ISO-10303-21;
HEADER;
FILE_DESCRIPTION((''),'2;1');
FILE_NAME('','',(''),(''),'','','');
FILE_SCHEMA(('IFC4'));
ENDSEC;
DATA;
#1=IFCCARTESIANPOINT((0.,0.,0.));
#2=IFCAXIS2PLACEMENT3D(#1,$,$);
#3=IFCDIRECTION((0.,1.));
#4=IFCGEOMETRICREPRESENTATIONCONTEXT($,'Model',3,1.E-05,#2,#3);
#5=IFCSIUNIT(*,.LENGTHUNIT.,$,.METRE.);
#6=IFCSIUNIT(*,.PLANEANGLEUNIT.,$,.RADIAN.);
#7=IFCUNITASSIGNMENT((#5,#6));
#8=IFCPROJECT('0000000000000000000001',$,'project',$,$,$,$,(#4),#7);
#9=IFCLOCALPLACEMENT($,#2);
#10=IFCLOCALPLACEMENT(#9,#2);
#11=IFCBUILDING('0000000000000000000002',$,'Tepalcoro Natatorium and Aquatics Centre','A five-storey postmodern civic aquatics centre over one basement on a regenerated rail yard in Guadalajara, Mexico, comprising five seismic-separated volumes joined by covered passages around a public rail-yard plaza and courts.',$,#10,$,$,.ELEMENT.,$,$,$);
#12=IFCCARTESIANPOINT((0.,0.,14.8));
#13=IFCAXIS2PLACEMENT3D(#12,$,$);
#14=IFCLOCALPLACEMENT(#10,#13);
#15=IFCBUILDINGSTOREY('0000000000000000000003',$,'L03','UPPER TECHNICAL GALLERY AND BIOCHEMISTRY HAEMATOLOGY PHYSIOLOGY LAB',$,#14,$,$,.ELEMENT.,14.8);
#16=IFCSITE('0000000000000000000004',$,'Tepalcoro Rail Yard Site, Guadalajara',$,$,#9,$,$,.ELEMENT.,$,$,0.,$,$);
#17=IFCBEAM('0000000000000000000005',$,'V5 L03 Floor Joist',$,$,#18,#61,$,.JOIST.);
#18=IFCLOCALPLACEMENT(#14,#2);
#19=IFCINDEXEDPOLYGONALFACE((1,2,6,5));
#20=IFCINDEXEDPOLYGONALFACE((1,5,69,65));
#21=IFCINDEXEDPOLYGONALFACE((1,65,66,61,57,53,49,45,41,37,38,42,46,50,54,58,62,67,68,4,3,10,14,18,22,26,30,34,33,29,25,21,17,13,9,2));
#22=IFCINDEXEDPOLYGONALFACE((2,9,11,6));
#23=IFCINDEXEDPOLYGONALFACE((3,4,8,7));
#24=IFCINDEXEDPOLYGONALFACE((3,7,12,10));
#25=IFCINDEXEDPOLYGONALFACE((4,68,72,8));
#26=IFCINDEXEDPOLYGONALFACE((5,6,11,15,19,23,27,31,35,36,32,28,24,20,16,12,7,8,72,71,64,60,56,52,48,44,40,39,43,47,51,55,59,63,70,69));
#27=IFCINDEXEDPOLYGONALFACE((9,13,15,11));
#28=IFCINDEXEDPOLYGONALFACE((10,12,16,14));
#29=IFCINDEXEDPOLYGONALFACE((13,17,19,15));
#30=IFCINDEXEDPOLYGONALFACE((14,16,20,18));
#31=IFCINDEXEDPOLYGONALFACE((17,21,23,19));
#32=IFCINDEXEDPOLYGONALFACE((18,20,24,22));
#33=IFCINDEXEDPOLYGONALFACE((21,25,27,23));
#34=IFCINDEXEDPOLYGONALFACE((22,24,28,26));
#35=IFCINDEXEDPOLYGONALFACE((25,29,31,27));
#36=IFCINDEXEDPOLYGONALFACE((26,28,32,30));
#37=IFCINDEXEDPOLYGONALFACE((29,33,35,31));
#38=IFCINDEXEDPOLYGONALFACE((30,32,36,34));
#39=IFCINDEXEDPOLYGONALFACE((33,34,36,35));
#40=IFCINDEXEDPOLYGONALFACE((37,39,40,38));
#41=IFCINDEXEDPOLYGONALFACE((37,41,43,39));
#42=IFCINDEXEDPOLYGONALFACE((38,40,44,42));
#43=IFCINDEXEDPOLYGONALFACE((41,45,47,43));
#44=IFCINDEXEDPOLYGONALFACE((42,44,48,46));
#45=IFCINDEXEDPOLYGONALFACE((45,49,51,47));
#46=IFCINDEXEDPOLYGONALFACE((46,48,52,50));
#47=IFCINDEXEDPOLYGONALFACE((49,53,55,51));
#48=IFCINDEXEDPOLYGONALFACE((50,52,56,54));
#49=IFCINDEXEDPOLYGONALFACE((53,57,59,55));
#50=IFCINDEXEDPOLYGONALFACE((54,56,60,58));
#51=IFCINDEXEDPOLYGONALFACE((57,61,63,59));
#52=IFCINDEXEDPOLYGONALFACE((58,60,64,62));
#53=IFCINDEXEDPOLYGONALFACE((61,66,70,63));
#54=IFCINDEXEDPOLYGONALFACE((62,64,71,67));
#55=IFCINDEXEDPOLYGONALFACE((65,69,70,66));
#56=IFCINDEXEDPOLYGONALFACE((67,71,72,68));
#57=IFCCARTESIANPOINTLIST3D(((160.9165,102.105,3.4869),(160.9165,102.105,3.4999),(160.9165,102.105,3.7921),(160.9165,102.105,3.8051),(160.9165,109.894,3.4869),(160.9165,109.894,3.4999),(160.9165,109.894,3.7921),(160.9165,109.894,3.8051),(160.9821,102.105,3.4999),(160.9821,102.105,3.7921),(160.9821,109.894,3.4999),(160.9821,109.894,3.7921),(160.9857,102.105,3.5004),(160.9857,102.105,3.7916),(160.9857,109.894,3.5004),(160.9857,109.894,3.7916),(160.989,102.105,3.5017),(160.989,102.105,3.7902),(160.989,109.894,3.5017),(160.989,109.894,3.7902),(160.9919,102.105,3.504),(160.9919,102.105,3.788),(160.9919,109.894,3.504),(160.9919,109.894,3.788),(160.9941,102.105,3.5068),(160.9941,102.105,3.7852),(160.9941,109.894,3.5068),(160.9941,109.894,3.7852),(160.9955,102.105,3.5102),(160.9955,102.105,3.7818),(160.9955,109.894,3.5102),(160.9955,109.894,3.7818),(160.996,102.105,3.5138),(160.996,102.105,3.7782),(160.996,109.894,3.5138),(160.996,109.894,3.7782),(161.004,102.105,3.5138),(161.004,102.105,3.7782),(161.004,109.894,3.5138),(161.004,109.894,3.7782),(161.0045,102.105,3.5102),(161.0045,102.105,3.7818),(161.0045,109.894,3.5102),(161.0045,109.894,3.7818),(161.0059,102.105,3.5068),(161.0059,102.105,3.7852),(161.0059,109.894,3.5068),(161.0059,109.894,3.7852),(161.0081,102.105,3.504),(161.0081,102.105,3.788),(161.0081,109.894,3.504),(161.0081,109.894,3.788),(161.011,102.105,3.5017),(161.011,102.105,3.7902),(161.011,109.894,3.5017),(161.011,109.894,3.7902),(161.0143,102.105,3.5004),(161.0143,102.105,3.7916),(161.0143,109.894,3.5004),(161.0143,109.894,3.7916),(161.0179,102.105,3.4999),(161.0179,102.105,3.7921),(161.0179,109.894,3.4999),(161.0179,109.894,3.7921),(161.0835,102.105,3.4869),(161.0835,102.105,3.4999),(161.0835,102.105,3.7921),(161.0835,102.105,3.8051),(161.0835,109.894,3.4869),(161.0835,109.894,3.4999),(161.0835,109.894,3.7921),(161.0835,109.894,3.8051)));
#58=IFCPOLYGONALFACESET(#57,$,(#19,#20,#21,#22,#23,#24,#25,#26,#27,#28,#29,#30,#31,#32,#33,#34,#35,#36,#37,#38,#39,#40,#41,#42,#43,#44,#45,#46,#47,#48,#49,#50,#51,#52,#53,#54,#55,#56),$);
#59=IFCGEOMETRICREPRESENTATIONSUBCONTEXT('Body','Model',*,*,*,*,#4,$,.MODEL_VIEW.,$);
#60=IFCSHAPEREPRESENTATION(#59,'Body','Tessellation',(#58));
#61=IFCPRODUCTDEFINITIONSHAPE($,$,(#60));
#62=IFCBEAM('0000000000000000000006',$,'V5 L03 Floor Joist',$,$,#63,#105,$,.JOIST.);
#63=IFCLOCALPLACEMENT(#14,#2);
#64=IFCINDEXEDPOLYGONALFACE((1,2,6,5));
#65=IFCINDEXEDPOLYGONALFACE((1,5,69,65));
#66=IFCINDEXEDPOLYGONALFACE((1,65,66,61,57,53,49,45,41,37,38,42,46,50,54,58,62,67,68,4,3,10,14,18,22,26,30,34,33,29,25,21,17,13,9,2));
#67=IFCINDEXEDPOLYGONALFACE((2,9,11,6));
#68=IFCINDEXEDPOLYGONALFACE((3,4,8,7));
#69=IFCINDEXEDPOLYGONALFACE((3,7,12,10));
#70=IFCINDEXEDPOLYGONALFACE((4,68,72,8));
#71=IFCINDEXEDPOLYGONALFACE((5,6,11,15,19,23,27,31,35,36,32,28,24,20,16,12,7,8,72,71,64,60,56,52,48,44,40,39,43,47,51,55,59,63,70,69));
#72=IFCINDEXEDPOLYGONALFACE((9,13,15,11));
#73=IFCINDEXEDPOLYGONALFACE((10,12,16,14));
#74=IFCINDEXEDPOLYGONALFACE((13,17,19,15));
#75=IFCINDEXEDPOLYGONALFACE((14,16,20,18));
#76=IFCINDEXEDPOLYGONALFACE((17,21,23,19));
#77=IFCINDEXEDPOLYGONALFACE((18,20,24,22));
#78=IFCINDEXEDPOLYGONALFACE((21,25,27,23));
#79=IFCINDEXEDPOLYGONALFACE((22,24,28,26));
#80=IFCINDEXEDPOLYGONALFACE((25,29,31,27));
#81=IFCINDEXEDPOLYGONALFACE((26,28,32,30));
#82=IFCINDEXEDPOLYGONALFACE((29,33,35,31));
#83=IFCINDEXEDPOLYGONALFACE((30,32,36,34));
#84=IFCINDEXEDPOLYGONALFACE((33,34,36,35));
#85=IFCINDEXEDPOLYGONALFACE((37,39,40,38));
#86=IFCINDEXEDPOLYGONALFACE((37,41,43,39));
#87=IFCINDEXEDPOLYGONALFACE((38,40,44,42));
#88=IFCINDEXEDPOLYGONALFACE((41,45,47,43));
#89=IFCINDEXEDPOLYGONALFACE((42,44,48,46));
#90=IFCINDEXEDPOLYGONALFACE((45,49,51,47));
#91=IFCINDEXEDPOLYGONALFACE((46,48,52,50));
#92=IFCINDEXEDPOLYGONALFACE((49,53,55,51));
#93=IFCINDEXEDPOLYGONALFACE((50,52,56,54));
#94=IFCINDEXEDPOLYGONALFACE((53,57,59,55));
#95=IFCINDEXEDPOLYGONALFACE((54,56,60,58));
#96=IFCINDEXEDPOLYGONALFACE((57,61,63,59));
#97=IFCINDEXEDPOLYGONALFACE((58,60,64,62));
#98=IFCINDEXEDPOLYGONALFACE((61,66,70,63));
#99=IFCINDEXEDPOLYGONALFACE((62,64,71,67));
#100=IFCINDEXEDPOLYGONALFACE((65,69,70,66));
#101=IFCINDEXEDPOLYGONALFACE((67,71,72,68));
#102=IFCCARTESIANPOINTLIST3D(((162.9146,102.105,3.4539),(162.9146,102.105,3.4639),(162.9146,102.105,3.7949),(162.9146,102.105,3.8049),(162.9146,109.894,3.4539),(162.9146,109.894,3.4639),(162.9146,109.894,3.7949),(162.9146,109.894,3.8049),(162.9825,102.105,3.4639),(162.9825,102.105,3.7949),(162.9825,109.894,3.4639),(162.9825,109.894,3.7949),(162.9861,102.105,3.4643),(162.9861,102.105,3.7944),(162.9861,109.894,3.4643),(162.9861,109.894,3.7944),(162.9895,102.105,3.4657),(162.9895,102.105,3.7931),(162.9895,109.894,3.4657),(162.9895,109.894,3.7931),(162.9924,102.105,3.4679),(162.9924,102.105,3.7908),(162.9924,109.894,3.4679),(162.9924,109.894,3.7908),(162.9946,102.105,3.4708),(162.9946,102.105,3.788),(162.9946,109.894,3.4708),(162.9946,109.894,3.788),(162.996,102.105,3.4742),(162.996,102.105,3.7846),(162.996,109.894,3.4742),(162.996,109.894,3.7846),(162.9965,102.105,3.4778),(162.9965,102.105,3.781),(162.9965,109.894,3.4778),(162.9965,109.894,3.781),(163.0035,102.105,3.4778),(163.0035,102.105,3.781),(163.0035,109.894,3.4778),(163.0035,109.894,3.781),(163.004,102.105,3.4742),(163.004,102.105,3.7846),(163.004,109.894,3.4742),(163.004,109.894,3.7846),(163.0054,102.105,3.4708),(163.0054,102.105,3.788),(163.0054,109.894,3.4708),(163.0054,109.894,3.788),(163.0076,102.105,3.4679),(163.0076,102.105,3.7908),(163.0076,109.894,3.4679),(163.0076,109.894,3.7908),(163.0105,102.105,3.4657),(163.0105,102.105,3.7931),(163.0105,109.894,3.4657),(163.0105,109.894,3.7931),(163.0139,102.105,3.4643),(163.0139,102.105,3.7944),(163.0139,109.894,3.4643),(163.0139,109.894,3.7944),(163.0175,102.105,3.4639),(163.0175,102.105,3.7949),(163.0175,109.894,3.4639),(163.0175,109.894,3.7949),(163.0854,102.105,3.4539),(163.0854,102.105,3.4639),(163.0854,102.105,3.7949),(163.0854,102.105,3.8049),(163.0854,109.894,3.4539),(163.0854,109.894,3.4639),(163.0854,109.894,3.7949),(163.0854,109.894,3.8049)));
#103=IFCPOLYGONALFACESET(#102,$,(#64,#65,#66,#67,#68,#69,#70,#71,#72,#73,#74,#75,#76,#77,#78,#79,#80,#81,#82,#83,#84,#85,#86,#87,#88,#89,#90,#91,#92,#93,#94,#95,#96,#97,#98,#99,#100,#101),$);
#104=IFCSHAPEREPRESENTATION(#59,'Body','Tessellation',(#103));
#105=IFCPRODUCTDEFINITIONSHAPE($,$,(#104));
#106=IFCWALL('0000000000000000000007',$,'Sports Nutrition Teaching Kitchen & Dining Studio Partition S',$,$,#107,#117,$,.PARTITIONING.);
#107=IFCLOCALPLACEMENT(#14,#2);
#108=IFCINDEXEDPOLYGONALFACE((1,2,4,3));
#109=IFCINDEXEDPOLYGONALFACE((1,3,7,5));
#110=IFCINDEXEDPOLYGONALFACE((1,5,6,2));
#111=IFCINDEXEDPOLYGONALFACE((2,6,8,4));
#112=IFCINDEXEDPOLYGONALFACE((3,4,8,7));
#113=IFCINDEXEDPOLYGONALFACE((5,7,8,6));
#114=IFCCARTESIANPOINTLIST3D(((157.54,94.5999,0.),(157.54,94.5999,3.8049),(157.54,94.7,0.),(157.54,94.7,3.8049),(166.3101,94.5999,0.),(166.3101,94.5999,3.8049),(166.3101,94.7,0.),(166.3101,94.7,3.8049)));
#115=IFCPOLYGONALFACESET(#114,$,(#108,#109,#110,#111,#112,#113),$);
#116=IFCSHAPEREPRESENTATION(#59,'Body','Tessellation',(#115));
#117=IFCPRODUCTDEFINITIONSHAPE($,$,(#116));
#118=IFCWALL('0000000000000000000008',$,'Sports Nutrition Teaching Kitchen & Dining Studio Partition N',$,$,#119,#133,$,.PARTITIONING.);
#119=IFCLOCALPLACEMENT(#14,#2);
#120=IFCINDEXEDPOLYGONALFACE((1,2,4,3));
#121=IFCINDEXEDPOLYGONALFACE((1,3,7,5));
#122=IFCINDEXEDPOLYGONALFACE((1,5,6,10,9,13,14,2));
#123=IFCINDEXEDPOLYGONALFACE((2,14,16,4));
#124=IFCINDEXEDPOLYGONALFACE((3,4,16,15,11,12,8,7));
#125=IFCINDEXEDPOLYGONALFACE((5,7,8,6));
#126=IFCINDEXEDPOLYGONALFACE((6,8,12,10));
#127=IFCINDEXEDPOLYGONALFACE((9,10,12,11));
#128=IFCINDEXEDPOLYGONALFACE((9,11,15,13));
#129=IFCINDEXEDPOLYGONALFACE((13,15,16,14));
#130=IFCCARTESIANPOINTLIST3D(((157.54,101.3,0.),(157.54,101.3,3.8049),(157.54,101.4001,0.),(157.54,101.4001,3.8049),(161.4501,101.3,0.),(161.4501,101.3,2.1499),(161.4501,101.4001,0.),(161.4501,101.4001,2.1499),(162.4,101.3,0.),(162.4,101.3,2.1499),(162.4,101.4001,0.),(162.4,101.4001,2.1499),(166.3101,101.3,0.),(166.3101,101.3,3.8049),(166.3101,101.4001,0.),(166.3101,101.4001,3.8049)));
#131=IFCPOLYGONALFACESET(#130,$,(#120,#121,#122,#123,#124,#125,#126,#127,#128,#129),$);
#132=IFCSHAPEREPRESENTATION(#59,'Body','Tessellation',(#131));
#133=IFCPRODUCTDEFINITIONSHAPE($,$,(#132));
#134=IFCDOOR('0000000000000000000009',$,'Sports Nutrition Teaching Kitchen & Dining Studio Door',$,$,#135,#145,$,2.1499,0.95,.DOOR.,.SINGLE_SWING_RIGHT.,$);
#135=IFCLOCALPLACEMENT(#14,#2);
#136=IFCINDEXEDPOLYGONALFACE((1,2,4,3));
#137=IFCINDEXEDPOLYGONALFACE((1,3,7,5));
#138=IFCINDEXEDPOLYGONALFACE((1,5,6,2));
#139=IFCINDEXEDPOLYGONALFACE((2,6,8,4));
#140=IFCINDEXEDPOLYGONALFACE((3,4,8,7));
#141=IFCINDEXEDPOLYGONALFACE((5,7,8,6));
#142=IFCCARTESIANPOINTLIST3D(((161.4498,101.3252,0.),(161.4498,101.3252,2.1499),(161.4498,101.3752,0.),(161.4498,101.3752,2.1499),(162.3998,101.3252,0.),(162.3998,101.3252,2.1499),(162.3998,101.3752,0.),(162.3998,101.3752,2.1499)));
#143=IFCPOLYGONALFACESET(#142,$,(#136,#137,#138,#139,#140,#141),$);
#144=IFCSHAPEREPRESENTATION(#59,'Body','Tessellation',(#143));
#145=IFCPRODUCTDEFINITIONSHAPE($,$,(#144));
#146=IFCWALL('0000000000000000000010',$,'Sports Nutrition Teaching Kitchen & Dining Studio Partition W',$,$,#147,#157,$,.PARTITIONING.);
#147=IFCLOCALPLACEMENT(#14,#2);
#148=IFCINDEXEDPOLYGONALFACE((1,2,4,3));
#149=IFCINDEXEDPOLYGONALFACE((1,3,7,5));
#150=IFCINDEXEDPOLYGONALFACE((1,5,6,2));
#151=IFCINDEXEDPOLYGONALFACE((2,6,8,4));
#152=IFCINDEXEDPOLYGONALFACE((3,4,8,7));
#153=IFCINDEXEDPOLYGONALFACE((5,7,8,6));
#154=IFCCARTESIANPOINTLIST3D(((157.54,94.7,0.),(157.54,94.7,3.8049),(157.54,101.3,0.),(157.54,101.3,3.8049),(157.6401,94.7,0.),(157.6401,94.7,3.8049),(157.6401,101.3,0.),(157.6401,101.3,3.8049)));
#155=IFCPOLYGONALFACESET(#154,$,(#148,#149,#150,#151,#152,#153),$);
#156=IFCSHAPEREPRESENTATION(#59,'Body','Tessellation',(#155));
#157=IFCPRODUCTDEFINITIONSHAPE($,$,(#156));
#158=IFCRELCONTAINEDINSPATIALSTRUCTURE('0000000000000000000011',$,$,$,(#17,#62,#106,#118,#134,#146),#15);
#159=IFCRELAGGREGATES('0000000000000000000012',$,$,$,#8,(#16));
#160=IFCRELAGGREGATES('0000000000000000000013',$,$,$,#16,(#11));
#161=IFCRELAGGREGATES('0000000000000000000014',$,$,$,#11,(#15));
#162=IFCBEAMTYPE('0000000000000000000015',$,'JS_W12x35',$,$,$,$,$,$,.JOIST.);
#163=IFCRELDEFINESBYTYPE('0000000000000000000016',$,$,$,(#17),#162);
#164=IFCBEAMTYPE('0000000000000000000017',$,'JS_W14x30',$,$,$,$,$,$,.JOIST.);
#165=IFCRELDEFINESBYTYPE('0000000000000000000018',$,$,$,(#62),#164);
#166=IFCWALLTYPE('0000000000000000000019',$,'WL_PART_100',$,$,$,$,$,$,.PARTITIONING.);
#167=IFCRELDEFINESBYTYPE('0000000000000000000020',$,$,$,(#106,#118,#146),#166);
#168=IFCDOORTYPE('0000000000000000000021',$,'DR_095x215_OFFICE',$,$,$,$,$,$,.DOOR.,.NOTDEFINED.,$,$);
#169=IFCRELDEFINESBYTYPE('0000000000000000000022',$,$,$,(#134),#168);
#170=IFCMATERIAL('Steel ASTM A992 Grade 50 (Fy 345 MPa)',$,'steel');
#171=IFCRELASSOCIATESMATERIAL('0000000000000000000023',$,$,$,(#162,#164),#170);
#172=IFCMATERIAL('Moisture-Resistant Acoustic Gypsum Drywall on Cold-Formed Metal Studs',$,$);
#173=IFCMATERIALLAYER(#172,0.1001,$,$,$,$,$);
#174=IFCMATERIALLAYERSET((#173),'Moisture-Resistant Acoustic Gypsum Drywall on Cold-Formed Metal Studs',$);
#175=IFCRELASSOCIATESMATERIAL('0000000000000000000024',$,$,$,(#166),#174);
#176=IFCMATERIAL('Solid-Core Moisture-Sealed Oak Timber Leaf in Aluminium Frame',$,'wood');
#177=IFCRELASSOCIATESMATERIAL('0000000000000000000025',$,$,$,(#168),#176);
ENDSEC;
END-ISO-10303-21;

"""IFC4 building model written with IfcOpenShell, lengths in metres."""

from ifc_helpers import new_model, si_unit, direction, frame, frame_2d, origin, origin_2d, place, context, subcontext, project, spatial, rectangle, i_section, extrude, material, layer, layer_set, material_profile, profile_set, type_object, element, fill, save


model = new_model("IFC4")

# Units and contexts
model_context = context("Model", 3, precision=1e-05, world=origin(), true_north=direction((0.0, 1.0)))
body_context = subcontext(model_context, "Body", "Model", "MODEL_VIEW")
ifc_project = project(units=[si_unit("LENGTHUNIT", "METRE"), si_unit("PLANEANGLEUNIT", "RADIAN")], contexts=[model_context])

# Site, building, storey
site_placement = place(None, origin())
site = spatial("IfcSite", under=ifc_project, at=site_placement, Name="Tepalcoro Rail Yard Site, Guadalajara", CompositionType="ELEMENT", RefElevation=0.0)
building_placement = place(site_placement, origin())
building = spatial("IfcBuilding", under=site, at=building_placement, Name="Tepalcoro Natatorium and Aquatics Centre", Description="A five-storey postmodern civic aquatics centre over one basement on a regenerated rail yard in Guadalajara, Mexico, comprising five seismic-separated volumes joined by covered passages around a public rail-yard plaza and courts.", CompositionType="ELEMENT")
storey_placement = place(building_placement, frame((0.0, 0.0, 14.8)))
storey = spatial("IfcBuildingStorey", under=building, at=storey_placement, Name="L03", Description="UPPER TECHNICAL GALLERY AND BIOCHEMISTRY HAEMATOLOGY PHYSIOLOGY LAB", CompositionType="ELEMENT", Elevation=14.8)

# Beams
ifc_material_1 = material(Name="Steel ASTM A992 Grade 50 (Fy 345 MPa)", Category="steel")
ifc_material_profile_1 = material_profile(ifc_material_1, i_section(OverallWidth=0.167, OverallDepth=0.3181, WebThickness=0.0081, FlangeThickness=0.0129, FilletRadius=0.0139, at=origin_2d()), Name="W12X35")
ifc_profile_set_1 = profile_set([ifc_material_profile_1], Name="Steel ASTM A992 Grade 50 (Fy 345 MPa)")
beam_type_1 = type_object("IfcBeamType", Name="JS_W12x35", PredefinedType="JOIST", material=ifc_profile_set_1)
beam_1_placement = place(storey_placement, frame((161.0, 102.105, 3.646), z_axis=(0.0, 1.0, 0.0), x_axis=(-1.0, 0.0, 0.0)))
element("IfcBeam", 1, at=beam_1_placement, inside=storey, type_object=beam_type_1, Name="V5 L03 Floor Joist", PredefinedType="JOIST", context=body_context, shape_type="SweptSolid", body=[
    extrude(i_section(OverallWidth=0.167, OverallDepth=0.3181, WebThickness=0.0081, FlangeThickness=0.0129, FilletRadius=0.0139, at=origin_2d()), origin(), (0.0, 0.0, 1.0), 7.7891),
])
ifc_material_profile_2 = material_profile(ifc_material_1, i_section(OverallWidth=0.1709, OverallDepth=0.3511, WebThickness=0.0071, FlangeThickness=0.01, FilletRadius=0.0139, at=origin_2d()), Name="W14X30")
ifc_profile_set_2 = profile_set([ifc_material_profile_2], Name="Steel ASTM A992 Grade 50 (Fy 345 MPa)")
beam_type_2 = type_object("IfcBeamType", Name="JS_W14x30", PredefinedType="JOIST", material=ifc_profile_set_2)
beam_2_placement = place(storey_placement, frame((163.0, 102.105, 3.6294), z_axis=(0.0, 1.0, 0.0), x_axis=(-1.0, 0.0, 0.0)))
element("IfcBeam", 2, at=beam_2_placement, inside=storey, type_object=beam_type_2, Name="V5 L03 Floor Joist", PredefinedType="JOIST", context=body_context, shape_type="SweptSolid", body=[
    extrude(i_section(OverallWidth=0.1709, OverallDepth=0.3511, WebThickness=0.0071, FlangeThickness=0.01, FilletRadius=0.0139, at=origin_2d()), origin(), (0.0, 0.0, 1.0), 7.7891),
])

# Wall
ifc_material_2 = material(Name="Moisture-Resistant Acoustic Gypsum Drywall on Cold-Formed Metal Studs")
ifc_layer_1 = layer(ifc_material_2, 0.1001)
ifc_layer_set_1 = layer_set([ifc_layer_1], Name="Moisture-Resistant Acoustic Gypsum Drywall on Cold-Formed Metal Studs")
wall_type_1 = type_object("IfcWallType", Name="WL_PART_100", PredefinedType="PARTITIONING", material=ifc_layer_set_1)
wall_1_placement = place(storey_placement, frame((157.54, 94.6499, 0.0), z_axis=(0.0, 0.0, 1.0), x_axis=(1.0, 0.0, 0.0)))
element("IfcWall", 3, at=wall_1_placement, inside=storey, type_object=wall_type_1, Name="Sports Nutrition Teaching Kitchen & Dining Studio Partition S", PredefinedType="PARTITIONING", context=body_context, shape_type="SweptSolid", body=[
    extrude(rectangle(XDim=8.77, YDim=0.1001, at=frame_2d((4.385, 0.0))), origin(), (0.0, 0.0, 1.0), 3.8049),
])

# Wall, opening, door
wall_2_placement = place(storey_placement, frame((157.54, 101.3501, 0.0), z_axis=(0.0, 0.0, 1.0), x_axis=(1.0, 0.0, 0.0)))
wall_2 = element("IfcWall", 4, at=wall_2_placement, inside=storey, type_object=wall_type_1, Name="Sports Nutrition Teaching Kitchen & Dining Studio Partition N", PredefinedType="PARTITIONING", context=body_context, shape_type="SweptSolid", body=[
    extrude(rectangle(XDim=8.77, YDim=0.1001, at=frame_2d((4.385, 0.0))), origin(), (0.0, 0.0, 1.0), 3.8049),
])
opening_1_placement = place(wall_2_placement, frame((3.9099, 0.0, 0.0)))
opening_1 = element("IfcOpeningElement", 5, at=opening_1_placement, cuts=wall_2, PredefinedType="OPENING", context=body_context, shape_type="SweptSolid", body=[
    extrude(rectangle(XDim=0.95, YDim=2.1499, at=frame_2d((0.4751, 1.075))), frame((0.0, 0.062, 0.0), z_axis=(0.0, -1.0, 0.0), x_axis=(1.0, 0.0, 0.0)), (0.0, 0.0, 1.0), 0.124),
])
ifc_material_3 = material(Name="Solid-Core Moisture-Sealed Oak Timber Leaf in Aluminium Frame", Category="wood")
door_type_1 = type_object("IfcDoorType", Name="DR_095x215_OFFICE", OperationType="NOTDEFINED", PredefinedType="DOOR", material=ifc_material_3)
door_1_placement = place(opening_1_placement, frame((0.95, 0.0, 0.0), z_axis=(0.0, 0.0, 1.0), x_axis=(-1.0, 0.0, 0.0)))
door_1 = element("IfcDoor", 6, at=door_1_placement, inside=storey, type_object=door_type_1, Name="Sports Nutrition Teaching Kitchen & Dining Studio Door", OperationType="SINGLE_SWING_RIGHT", OverallHeight=2.1499, OverallWidth=0.95, PredefinedType="DOOR", context=body_context, shape_type="SweptSolid", body=[
    extrude(rectangle(XDim=0.95, YDim=2.1499, at=frame_2d((0.4751, 1.075))), frame((0.0, 0.0249, 0.0), z_axis=(0.0, -1.0, 0.0), x_axis=(1.0, 0.0, 0.0)), (0.0, 0.0, 1.0), 0.05),
])
fill(opening_1, door_1)

# Wall
wall_3_placement = place(storey_placement, frame((157.5901, 94.7, 0.0), z_axis=(0.0, 0.0, 1.0), x_axis=(0.0, 1.0, 0.0)))
element("IfcWall", 7, at=wall_3_placement, inside=storey, type_object=wall_type_1, Name="Sports Nutrition Teaching Kitchen & Dining Studio Partition W", PredefinedType="PARTITIONING", context=body_context, shape_type="SweptSolid", body=[
    extrude(rectangle(XDim=6.6001, YDim=0.1001, at=frame_2d((3.3, 0.0))), origin(), (0.0, 0.0, 1.0), 3.8049),
])

save(model, "model.ifc")
